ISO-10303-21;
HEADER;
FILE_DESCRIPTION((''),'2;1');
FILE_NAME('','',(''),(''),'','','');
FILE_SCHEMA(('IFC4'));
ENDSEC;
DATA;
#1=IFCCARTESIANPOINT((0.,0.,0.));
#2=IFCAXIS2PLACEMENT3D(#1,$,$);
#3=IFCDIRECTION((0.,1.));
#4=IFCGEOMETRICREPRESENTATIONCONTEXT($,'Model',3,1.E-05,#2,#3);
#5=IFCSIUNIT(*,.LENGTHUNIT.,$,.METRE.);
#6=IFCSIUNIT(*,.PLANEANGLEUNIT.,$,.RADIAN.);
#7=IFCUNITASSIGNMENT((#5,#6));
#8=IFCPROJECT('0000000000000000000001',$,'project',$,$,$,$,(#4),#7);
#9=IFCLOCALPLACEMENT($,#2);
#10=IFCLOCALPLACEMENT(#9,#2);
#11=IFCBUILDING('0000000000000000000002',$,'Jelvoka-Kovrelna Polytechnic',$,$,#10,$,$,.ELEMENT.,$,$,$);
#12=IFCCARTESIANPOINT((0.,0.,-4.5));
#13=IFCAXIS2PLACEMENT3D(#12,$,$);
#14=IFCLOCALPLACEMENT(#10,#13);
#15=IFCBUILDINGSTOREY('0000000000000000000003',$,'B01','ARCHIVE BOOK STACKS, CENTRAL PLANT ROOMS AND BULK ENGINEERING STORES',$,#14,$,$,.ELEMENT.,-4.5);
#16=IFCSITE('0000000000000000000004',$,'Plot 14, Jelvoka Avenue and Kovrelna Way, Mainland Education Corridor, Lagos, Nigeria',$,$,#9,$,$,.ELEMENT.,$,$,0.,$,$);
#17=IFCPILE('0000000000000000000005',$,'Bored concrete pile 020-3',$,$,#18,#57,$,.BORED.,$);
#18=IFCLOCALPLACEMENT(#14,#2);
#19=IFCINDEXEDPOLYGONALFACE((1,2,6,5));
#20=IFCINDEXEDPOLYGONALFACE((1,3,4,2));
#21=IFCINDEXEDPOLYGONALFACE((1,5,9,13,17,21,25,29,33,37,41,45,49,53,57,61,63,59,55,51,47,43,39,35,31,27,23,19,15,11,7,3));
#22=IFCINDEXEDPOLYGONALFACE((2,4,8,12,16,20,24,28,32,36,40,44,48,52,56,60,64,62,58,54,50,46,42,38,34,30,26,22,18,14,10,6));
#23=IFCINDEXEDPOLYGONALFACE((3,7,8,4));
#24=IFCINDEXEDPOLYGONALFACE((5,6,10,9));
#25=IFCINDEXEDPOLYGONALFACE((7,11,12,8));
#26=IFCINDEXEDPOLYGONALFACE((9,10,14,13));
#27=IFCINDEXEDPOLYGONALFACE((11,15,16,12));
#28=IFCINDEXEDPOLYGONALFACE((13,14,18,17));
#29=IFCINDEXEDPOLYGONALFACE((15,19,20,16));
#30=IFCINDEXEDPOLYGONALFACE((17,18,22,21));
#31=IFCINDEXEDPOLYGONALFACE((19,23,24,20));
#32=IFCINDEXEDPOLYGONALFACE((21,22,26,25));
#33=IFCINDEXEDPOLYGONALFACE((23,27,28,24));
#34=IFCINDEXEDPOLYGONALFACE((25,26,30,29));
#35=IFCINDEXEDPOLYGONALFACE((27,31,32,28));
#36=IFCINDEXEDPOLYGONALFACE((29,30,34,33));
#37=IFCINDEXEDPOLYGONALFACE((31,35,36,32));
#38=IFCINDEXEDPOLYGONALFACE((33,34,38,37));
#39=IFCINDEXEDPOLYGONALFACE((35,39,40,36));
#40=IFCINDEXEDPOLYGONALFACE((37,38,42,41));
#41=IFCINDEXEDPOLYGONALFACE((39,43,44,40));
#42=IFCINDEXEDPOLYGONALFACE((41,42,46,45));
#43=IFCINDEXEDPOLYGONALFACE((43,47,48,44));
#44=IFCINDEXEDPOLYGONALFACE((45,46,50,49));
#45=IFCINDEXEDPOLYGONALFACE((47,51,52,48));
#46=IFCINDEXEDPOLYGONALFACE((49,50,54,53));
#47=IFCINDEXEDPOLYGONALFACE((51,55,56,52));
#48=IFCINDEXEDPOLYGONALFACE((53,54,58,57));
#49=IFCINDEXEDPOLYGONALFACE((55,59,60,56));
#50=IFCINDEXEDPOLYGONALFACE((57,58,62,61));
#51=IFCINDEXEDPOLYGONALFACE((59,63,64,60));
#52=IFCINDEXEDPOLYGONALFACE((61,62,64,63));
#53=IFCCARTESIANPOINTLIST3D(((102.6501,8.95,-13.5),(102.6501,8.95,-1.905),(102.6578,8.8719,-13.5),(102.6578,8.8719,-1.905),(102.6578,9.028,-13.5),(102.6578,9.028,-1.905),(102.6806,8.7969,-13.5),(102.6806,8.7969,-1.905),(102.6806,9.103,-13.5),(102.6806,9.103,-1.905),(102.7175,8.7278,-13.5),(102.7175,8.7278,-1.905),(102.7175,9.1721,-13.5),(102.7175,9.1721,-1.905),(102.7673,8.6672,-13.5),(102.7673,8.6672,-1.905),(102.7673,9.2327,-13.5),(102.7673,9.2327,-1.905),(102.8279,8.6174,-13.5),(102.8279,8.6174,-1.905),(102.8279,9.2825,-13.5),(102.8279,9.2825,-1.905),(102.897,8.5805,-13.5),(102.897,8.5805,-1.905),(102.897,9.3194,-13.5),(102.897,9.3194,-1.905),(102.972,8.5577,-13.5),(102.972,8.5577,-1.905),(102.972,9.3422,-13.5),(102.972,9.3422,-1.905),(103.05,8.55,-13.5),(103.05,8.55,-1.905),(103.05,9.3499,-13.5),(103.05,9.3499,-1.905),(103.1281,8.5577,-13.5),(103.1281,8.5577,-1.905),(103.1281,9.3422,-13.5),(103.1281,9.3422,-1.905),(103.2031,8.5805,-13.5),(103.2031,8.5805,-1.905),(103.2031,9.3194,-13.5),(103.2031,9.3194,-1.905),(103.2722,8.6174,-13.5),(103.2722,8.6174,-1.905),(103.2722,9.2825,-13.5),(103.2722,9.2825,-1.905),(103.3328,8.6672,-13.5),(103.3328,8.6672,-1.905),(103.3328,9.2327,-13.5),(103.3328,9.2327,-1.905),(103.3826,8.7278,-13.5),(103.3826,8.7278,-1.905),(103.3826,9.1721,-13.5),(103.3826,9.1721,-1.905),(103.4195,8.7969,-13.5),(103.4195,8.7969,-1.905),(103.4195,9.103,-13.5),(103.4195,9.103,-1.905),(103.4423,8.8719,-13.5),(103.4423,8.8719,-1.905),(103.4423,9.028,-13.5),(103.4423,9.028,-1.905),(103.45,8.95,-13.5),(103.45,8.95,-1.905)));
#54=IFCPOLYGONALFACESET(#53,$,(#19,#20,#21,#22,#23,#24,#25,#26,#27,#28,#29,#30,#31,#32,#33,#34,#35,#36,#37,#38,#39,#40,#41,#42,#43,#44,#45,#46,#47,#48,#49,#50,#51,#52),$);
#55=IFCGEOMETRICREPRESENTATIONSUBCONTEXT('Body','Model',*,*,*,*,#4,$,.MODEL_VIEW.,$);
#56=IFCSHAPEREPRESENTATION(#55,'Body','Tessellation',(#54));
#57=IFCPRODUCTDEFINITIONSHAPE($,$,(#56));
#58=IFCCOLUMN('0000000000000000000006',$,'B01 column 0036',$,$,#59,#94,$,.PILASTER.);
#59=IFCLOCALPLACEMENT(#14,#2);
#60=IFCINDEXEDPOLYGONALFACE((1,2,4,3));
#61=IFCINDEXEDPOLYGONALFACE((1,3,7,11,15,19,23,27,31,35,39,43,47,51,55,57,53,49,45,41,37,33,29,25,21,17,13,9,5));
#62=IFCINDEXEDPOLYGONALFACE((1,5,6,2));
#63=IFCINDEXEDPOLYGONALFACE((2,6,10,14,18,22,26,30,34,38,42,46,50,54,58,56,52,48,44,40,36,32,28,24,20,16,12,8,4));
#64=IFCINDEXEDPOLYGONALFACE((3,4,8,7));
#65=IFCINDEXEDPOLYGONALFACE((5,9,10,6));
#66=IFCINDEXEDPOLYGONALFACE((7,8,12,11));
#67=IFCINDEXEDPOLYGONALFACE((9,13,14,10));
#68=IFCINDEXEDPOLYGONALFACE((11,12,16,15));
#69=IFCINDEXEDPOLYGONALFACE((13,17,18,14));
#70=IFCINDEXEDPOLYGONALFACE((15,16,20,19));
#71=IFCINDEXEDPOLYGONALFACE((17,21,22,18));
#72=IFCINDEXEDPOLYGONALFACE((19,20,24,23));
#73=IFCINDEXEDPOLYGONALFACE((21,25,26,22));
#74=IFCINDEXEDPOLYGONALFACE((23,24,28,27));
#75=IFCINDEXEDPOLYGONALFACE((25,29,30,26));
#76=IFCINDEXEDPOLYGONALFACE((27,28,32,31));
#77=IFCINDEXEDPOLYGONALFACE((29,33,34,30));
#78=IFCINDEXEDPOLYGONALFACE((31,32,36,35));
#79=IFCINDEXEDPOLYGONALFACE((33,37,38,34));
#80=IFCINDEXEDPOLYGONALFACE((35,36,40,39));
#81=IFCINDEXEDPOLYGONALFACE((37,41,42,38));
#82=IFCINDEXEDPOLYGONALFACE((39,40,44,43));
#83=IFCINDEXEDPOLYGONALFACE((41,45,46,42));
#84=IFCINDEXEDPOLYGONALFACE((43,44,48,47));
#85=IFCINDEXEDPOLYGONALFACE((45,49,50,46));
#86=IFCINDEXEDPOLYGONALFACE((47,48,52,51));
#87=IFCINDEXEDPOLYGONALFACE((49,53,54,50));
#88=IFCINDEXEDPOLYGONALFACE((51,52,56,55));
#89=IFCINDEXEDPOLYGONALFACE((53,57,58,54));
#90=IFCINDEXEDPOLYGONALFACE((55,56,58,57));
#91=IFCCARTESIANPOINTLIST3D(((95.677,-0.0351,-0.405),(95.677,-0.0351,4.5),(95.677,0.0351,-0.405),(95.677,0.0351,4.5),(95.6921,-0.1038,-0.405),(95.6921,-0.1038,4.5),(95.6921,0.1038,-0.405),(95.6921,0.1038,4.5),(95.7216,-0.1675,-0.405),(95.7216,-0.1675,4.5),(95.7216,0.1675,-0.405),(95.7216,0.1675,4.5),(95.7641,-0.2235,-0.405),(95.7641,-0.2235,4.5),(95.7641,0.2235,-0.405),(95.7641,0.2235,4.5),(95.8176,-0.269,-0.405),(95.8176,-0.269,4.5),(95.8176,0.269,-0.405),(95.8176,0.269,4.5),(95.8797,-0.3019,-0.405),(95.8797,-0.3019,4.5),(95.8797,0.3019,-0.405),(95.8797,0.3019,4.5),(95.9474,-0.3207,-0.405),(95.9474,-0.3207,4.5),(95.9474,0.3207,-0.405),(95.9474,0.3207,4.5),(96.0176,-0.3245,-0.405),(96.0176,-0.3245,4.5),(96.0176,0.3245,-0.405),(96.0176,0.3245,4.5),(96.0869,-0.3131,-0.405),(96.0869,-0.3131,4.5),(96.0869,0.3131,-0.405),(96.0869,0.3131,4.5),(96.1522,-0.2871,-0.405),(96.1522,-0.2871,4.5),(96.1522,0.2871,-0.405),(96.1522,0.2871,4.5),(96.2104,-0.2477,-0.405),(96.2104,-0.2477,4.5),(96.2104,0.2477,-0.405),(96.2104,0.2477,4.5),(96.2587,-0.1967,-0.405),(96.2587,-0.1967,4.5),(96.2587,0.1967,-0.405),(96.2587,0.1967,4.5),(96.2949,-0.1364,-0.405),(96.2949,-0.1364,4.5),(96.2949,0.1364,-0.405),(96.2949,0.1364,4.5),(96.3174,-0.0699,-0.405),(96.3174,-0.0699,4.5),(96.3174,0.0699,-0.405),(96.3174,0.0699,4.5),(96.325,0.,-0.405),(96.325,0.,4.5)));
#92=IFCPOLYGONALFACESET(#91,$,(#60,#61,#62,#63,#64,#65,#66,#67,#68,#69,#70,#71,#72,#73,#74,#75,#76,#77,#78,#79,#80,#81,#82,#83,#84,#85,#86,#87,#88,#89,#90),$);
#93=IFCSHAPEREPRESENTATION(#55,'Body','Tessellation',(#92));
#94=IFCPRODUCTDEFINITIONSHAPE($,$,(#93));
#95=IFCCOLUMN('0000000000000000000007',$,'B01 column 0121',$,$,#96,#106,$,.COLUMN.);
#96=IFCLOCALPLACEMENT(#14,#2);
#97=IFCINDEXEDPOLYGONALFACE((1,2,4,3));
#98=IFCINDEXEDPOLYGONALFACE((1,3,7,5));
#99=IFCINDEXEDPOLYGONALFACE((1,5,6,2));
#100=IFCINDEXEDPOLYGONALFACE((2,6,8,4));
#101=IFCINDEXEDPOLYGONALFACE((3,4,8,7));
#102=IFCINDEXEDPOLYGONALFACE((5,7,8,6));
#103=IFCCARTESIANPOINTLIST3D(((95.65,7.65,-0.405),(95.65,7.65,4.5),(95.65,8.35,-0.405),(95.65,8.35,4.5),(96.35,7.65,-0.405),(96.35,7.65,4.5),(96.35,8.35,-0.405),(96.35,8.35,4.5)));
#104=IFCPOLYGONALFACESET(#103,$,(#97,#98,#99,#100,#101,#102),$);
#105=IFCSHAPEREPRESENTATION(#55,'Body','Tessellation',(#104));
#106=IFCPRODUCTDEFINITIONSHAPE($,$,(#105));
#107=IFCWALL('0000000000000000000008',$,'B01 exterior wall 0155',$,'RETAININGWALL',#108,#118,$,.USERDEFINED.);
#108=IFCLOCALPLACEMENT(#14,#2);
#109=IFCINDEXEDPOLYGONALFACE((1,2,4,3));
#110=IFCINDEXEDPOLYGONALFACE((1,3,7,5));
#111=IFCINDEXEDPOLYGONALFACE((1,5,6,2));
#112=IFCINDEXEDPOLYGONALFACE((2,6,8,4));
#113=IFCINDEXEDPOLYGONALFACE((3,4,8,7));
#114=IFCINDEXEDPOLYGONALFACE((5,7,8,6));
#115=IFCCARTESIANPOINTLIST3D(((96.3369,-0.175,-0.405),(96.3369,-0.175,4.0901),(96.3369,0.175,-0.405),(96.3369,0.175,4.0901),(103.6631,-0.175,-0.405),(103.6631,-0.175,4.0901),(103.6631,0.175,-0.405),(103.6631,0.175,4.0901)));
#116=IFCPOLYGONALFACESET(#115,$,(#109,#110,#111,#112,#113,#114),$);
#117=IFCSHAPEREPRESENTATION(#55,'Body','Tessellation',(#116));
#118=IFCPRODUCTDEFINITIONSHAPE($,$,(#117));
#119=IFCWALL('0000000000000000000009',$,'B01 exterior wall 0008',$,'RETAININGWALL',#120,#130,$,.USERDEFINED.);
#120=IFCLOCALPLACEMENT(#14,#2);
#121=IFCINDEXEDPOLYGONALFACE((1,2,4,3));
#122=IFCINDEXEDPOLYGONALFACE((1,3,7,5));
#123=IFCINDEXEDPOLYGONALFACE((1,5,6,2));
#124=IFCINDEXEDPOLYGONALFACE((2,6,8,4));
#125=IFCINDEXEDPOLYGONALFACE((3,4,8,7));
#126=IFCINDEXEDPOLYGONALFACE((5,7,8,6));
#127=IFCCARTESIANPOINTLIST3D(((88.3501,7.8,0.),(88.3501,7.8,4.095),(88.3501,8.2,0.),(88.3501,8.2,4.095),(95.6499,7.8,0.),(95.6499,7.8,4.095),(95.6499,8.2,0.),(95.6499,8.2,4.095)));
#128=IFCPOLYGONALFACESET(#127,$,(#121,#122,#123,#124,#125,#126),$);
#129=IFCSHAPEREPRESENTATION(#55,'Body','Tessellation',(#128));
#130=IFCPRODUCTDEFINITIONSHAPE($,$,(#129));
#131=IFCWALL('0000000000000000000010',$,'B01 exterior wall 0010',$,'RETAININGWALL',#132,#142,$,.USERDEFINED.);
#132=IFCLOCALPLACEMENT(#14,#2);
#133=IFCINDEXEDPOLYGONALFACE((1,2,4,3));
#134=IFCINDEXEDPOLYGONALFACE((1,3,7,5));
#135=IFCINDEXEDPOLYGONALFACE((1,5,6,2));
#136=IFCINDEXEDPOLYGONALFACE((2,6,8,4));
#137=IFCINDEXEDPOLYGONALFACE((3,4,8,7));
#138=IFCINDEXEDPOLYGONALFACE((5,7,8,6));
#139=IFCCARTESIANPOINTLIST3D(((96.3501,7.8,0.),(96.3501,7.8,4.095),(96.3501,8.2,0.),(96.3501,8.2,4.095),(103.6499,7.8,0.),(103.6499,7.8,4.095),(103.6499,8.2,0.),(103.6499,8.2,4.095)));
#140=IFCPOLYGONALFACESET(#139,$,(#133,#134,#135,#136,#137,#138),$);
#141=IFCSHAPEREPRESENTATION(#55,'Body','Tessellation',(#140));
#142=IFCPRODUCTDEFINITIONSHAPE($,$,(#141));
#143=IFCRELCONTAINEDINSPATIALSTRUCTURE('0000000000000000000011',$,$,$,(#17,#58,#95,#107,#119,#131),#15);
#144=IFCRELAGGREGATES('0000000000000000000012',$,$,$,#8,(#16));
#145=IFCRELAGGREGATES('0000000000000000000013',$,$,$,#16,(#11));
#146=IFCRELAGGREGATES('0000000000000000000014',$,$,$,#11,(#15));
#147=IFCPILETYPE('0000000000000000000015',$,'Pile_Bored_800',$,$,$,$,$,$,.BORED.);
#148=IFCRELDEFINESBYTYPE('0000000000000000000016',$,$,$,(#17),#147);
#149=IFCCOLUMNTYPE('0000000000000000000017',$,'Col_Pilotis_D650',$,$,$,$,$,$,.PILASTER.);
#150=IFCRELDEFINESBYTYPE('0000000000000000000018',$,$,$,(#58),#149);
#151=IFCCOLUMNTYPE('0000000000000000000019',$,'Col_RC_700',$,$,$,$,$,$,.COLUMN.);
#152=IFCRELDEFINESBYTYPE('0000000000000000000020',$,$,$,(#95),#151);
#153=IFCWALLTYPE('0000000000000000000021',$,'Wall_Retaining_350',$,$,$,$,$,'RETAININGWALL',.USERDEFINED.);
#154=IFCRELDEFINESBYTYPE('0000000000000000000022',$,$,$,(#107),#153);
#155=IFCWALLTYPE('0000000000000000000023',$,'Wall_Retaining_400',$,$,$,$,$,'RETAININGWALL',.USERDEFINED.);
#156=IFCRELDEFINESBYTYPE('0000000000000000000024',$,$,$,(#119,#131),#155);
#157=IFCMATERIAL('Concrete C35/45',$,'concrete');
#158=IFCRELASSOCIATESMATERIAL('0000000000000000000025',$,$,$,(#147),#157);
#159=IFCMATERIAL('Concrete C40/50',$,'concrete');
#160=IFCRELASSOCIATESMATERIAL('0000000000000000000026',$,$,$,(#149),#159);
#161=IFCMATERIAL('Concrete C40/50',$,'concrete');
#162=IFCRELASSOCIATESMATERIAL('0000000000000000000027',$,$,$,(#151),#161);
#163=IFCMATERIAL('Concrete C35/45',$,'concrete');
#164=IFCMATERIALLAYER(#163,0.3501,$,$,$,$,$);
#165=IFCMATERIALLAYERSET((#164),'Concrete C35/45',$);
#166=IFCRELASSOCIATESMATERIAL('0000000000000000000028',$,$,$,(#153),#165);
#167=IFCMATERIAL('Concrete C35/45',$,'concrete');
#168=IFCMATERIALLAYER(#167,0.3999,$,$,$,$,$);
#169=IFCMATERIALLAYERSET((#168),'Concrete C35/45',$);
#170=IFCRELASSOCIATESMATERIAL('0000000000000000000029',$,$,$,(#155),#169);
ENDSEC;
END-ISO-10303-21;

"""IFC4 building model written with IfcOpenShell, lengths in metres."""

from ifc_helpers import new_model, si_unit, direction, frame, frame_2d, origin, origin_2d, place, context, subcontext, project, spatial, rectangle, circle, extrude, material, layer, layer_set, material_profile, profile_set, type_object, element, save


model = new_model("IFC4")

# Units and contexts
model_context = context("Model", 3, precision=1e-05, world=origin(), true_north=direction((0.0, 1.0)))
body_context = subcontext(model_context, "Body", "Model", "MODEL_VIEW")
ifc_project = project(units=[si_unit("LENGTHUNIT", "METRE"), si_unit("PLANEANGLEUNIT", "RADIAN")], contexts=[model_context])

# Site, building, storey
site_placement = place(None, origin())
site = spatial("IfcSite", under=ifc_project, at=site_placement, Name="Plot 14, Jelvoka Avenue and Kovrelna Way, Mainland Education Corridor, Lagos, Nigeria", CompositionType="ELEMENT", RefElevation=0.0)
building_placement = place(site_placement, origin())
building = spatial("IfcBuilding", under=site, at=building_placement, Name="Jelvoka-Kovrelna Polytechnic", CompositionType="ELEMENT")
storey_placement = place(building_placement, frame((0.0, 0.0, -4.5)))
storey = spatial("IfcBuildingStorey", under=building, at=storey_placement, Name="B01", Description="ARCHIVE BOOK STACKS, CENTRAL PLANT ROOMS AND BULK ENGINEERING STORES", CompositionType="ELEMENT", Elevation=-4.5)

# Pile
ifc_material_1 = material(Name="Concrete C35/45", Category="concrete")
ifc_material_profile_1 = material_profile(ifc_material_1, circle(Radius=0.3999, at=origin_2d()), Name="PILE D800")
ifc_profile_set_1 = profile_set([ifc_material_profile_1], Name="Concrete C35/45")
pile_type = type_object("IfcPileType", Name="Pile_Bored_800", PredefinedType="BORED", material=ifc_profile_set_1)
for number, where, z_axis, x_axis, name in (
    (1, (103.05, 8.95, -1.905), (0.0, 0.0, -1.0), (1.0, 0.0, 0.0), "Bored concrete pile 020-3"),
):
    element("IfcPile", number, at=place(storey_placement, frame(where, z_axis=z_axis, x_axis=x_axis)), inside=storey, type_object=pile_type, Name=name, PredefinedType="BORED", context=body_context, shape_type="SweptSolid", body=[
        extrude(circle(Radius=0.3999, at=origin_2d()), origin(), (0.0, 0.0, 1.0), 11.595),
    ])

# Columns
ifc_material_2 = material(Name="Concrete C40/50", Category="concrete")
ifc_material_profile_2 = material_profile(ifc_material_2, circle(Radius=0.325, at=origin_2d()), Name="RC D650")
ifc_profile_set_2 = profile_set([ifc_material_profile_2], Name="Concrete C40/50")
column_type_1 = type_object("IfcColumnType", Name="Col_Pilotis_D650", PredefinedType="PILASTER", material=ifc_profile_set_2)
column_1_placement = place(storey_placement, frame((96.0, 0.0, -0.405), z_axis=(0.0, 0.0, 1.0), x_axis=(1.0, 0.0, 0.0)))
element("IfcColumn", 2, at=column_1_placement, inside=storey, type_object=column_type_1, Name="B01 column 0036", PredefinedType="PILASTER", context=body_context, shape_type="SweptSolid", body=[
    extrude(circle(Radius=0.325, at=origin_2d()), origin(), (0.0, 0.0, 1.0), 4.905),
])
ifc_material_3 = material(Name="Concrete C40/50", Category="concrete")
ifc_material_profile_3 = material_profile(ifc_material_3, rectangle(XDim=0.7, YDim=0.7, at=origin_2d()), Name="RC 700x700")
ifc_profile_set_3 = profile_set([ifc_material_profile_3], Name="Concrete C40/50")
column_type_2 = type_object("IfcColumnType", Name="Col_RC_700", PredefinedType="COLUMN", material=ifc_profile_set_3)
column_2_placement = place(storey_placement, frame((96.0, 8.0, -0.405), z_axis=(0.0, 0.0, 1.0), x_axis=(1.0, 0.0, 0.0)))
element("IfcColumn", 3, at=column_2_placement, inside=storey, type_object=column_type_2, Name="B01 column 0121", PredefinedType="COLUMN", context=body_context, shape_type="SweptSolid", body=[
    extrude(rectangle(XDim=0.7, YDim=0.7, at=origin_2d()), origin(), (0.0, 0.0, 1.0), 4.905),
])

# Walls
ifc_material_4 = material(Name="Concrete C35/45", Category="concrete")
ifc_layer_1 = layer(ifc_material_4, 0.3501)
ifc_layer_set_1 = layer_set([ifc_layer_1], Name="Concrete C35/45")
wall_type_1 = type_object("IfcWallType", Name="Wall_Retaining_350", ElementType="RETAININGWALL", PredefinedType="USERDEFINED", material=ifc_layer_set_1)
wall_placement = place(storey_placement, frame((96.3369, 0.0, -0.405), z_axis=(0.0, 0.0, 1.0), x_axis=(1.0, 0.0, 0.0)))
element("IfcWall", 4, at=wall_placement, inside=storey, type_object=wall_type_1, Name="B01 exterior wall 0155", ObjectType="RETAININGWALL", PredefinedType="USERDEFINED", context=body_context, shape_type="SweptSolid", body=[
    extrude(rectangle(XDim=7.3262, YDim=0.3501, at=frame_2d((3.6631, 0.0))), origin(), (0.0, 0.0, 1.0), 4.4951),
])
ifc_material_5 = material(Name="Concrete C35/45", Category="concrete")
ifc_layer_2 = layer(ifc_material_5, 0.3999)
ifc_layer_set_2 = layer_set([ifc_layer_2], Name="Concrete C35/45")
wall_type_2 = type_object("IfcWallType", Name="Wall_Retaining_400", ElementType="RETAININGWALL", PredefinedType="USERDEFINED", material=ifc_layer_set_2)
for number, where, z_axis, x_axis, name in (
    (5, (95.6499, 8.0, 0.0), (0.0, 0.0, 1.0), (-1.0, 0.0, 0.0), "B01 exterior wall 0008"),
    (6, (103.6499, 8.0, 0.0), (0.0, 0.0, 1.0), (-1.0, 0.0, 0.0), "B01 exterior wall 0010"),
):
    element("IfcWall", number, at=place(storey_placement, frame(where, z_axis=z_axis, x_axis=x_axis)), inside=storey, type_object=wall_type_2, Name=name, ObjectType="RETAININGWALL", PredefinedType="USERDEFINED", context=body_context, shape_type="SweptSolid", body=[
        extrude(rectangle(XDim=7.2998, YDim=0.3999, at=frame_2d((3.6499, 0.0))), origin(), (0.0, 0.0, 1.0), 4.095),
    ])

save(model, "model.ifc")
